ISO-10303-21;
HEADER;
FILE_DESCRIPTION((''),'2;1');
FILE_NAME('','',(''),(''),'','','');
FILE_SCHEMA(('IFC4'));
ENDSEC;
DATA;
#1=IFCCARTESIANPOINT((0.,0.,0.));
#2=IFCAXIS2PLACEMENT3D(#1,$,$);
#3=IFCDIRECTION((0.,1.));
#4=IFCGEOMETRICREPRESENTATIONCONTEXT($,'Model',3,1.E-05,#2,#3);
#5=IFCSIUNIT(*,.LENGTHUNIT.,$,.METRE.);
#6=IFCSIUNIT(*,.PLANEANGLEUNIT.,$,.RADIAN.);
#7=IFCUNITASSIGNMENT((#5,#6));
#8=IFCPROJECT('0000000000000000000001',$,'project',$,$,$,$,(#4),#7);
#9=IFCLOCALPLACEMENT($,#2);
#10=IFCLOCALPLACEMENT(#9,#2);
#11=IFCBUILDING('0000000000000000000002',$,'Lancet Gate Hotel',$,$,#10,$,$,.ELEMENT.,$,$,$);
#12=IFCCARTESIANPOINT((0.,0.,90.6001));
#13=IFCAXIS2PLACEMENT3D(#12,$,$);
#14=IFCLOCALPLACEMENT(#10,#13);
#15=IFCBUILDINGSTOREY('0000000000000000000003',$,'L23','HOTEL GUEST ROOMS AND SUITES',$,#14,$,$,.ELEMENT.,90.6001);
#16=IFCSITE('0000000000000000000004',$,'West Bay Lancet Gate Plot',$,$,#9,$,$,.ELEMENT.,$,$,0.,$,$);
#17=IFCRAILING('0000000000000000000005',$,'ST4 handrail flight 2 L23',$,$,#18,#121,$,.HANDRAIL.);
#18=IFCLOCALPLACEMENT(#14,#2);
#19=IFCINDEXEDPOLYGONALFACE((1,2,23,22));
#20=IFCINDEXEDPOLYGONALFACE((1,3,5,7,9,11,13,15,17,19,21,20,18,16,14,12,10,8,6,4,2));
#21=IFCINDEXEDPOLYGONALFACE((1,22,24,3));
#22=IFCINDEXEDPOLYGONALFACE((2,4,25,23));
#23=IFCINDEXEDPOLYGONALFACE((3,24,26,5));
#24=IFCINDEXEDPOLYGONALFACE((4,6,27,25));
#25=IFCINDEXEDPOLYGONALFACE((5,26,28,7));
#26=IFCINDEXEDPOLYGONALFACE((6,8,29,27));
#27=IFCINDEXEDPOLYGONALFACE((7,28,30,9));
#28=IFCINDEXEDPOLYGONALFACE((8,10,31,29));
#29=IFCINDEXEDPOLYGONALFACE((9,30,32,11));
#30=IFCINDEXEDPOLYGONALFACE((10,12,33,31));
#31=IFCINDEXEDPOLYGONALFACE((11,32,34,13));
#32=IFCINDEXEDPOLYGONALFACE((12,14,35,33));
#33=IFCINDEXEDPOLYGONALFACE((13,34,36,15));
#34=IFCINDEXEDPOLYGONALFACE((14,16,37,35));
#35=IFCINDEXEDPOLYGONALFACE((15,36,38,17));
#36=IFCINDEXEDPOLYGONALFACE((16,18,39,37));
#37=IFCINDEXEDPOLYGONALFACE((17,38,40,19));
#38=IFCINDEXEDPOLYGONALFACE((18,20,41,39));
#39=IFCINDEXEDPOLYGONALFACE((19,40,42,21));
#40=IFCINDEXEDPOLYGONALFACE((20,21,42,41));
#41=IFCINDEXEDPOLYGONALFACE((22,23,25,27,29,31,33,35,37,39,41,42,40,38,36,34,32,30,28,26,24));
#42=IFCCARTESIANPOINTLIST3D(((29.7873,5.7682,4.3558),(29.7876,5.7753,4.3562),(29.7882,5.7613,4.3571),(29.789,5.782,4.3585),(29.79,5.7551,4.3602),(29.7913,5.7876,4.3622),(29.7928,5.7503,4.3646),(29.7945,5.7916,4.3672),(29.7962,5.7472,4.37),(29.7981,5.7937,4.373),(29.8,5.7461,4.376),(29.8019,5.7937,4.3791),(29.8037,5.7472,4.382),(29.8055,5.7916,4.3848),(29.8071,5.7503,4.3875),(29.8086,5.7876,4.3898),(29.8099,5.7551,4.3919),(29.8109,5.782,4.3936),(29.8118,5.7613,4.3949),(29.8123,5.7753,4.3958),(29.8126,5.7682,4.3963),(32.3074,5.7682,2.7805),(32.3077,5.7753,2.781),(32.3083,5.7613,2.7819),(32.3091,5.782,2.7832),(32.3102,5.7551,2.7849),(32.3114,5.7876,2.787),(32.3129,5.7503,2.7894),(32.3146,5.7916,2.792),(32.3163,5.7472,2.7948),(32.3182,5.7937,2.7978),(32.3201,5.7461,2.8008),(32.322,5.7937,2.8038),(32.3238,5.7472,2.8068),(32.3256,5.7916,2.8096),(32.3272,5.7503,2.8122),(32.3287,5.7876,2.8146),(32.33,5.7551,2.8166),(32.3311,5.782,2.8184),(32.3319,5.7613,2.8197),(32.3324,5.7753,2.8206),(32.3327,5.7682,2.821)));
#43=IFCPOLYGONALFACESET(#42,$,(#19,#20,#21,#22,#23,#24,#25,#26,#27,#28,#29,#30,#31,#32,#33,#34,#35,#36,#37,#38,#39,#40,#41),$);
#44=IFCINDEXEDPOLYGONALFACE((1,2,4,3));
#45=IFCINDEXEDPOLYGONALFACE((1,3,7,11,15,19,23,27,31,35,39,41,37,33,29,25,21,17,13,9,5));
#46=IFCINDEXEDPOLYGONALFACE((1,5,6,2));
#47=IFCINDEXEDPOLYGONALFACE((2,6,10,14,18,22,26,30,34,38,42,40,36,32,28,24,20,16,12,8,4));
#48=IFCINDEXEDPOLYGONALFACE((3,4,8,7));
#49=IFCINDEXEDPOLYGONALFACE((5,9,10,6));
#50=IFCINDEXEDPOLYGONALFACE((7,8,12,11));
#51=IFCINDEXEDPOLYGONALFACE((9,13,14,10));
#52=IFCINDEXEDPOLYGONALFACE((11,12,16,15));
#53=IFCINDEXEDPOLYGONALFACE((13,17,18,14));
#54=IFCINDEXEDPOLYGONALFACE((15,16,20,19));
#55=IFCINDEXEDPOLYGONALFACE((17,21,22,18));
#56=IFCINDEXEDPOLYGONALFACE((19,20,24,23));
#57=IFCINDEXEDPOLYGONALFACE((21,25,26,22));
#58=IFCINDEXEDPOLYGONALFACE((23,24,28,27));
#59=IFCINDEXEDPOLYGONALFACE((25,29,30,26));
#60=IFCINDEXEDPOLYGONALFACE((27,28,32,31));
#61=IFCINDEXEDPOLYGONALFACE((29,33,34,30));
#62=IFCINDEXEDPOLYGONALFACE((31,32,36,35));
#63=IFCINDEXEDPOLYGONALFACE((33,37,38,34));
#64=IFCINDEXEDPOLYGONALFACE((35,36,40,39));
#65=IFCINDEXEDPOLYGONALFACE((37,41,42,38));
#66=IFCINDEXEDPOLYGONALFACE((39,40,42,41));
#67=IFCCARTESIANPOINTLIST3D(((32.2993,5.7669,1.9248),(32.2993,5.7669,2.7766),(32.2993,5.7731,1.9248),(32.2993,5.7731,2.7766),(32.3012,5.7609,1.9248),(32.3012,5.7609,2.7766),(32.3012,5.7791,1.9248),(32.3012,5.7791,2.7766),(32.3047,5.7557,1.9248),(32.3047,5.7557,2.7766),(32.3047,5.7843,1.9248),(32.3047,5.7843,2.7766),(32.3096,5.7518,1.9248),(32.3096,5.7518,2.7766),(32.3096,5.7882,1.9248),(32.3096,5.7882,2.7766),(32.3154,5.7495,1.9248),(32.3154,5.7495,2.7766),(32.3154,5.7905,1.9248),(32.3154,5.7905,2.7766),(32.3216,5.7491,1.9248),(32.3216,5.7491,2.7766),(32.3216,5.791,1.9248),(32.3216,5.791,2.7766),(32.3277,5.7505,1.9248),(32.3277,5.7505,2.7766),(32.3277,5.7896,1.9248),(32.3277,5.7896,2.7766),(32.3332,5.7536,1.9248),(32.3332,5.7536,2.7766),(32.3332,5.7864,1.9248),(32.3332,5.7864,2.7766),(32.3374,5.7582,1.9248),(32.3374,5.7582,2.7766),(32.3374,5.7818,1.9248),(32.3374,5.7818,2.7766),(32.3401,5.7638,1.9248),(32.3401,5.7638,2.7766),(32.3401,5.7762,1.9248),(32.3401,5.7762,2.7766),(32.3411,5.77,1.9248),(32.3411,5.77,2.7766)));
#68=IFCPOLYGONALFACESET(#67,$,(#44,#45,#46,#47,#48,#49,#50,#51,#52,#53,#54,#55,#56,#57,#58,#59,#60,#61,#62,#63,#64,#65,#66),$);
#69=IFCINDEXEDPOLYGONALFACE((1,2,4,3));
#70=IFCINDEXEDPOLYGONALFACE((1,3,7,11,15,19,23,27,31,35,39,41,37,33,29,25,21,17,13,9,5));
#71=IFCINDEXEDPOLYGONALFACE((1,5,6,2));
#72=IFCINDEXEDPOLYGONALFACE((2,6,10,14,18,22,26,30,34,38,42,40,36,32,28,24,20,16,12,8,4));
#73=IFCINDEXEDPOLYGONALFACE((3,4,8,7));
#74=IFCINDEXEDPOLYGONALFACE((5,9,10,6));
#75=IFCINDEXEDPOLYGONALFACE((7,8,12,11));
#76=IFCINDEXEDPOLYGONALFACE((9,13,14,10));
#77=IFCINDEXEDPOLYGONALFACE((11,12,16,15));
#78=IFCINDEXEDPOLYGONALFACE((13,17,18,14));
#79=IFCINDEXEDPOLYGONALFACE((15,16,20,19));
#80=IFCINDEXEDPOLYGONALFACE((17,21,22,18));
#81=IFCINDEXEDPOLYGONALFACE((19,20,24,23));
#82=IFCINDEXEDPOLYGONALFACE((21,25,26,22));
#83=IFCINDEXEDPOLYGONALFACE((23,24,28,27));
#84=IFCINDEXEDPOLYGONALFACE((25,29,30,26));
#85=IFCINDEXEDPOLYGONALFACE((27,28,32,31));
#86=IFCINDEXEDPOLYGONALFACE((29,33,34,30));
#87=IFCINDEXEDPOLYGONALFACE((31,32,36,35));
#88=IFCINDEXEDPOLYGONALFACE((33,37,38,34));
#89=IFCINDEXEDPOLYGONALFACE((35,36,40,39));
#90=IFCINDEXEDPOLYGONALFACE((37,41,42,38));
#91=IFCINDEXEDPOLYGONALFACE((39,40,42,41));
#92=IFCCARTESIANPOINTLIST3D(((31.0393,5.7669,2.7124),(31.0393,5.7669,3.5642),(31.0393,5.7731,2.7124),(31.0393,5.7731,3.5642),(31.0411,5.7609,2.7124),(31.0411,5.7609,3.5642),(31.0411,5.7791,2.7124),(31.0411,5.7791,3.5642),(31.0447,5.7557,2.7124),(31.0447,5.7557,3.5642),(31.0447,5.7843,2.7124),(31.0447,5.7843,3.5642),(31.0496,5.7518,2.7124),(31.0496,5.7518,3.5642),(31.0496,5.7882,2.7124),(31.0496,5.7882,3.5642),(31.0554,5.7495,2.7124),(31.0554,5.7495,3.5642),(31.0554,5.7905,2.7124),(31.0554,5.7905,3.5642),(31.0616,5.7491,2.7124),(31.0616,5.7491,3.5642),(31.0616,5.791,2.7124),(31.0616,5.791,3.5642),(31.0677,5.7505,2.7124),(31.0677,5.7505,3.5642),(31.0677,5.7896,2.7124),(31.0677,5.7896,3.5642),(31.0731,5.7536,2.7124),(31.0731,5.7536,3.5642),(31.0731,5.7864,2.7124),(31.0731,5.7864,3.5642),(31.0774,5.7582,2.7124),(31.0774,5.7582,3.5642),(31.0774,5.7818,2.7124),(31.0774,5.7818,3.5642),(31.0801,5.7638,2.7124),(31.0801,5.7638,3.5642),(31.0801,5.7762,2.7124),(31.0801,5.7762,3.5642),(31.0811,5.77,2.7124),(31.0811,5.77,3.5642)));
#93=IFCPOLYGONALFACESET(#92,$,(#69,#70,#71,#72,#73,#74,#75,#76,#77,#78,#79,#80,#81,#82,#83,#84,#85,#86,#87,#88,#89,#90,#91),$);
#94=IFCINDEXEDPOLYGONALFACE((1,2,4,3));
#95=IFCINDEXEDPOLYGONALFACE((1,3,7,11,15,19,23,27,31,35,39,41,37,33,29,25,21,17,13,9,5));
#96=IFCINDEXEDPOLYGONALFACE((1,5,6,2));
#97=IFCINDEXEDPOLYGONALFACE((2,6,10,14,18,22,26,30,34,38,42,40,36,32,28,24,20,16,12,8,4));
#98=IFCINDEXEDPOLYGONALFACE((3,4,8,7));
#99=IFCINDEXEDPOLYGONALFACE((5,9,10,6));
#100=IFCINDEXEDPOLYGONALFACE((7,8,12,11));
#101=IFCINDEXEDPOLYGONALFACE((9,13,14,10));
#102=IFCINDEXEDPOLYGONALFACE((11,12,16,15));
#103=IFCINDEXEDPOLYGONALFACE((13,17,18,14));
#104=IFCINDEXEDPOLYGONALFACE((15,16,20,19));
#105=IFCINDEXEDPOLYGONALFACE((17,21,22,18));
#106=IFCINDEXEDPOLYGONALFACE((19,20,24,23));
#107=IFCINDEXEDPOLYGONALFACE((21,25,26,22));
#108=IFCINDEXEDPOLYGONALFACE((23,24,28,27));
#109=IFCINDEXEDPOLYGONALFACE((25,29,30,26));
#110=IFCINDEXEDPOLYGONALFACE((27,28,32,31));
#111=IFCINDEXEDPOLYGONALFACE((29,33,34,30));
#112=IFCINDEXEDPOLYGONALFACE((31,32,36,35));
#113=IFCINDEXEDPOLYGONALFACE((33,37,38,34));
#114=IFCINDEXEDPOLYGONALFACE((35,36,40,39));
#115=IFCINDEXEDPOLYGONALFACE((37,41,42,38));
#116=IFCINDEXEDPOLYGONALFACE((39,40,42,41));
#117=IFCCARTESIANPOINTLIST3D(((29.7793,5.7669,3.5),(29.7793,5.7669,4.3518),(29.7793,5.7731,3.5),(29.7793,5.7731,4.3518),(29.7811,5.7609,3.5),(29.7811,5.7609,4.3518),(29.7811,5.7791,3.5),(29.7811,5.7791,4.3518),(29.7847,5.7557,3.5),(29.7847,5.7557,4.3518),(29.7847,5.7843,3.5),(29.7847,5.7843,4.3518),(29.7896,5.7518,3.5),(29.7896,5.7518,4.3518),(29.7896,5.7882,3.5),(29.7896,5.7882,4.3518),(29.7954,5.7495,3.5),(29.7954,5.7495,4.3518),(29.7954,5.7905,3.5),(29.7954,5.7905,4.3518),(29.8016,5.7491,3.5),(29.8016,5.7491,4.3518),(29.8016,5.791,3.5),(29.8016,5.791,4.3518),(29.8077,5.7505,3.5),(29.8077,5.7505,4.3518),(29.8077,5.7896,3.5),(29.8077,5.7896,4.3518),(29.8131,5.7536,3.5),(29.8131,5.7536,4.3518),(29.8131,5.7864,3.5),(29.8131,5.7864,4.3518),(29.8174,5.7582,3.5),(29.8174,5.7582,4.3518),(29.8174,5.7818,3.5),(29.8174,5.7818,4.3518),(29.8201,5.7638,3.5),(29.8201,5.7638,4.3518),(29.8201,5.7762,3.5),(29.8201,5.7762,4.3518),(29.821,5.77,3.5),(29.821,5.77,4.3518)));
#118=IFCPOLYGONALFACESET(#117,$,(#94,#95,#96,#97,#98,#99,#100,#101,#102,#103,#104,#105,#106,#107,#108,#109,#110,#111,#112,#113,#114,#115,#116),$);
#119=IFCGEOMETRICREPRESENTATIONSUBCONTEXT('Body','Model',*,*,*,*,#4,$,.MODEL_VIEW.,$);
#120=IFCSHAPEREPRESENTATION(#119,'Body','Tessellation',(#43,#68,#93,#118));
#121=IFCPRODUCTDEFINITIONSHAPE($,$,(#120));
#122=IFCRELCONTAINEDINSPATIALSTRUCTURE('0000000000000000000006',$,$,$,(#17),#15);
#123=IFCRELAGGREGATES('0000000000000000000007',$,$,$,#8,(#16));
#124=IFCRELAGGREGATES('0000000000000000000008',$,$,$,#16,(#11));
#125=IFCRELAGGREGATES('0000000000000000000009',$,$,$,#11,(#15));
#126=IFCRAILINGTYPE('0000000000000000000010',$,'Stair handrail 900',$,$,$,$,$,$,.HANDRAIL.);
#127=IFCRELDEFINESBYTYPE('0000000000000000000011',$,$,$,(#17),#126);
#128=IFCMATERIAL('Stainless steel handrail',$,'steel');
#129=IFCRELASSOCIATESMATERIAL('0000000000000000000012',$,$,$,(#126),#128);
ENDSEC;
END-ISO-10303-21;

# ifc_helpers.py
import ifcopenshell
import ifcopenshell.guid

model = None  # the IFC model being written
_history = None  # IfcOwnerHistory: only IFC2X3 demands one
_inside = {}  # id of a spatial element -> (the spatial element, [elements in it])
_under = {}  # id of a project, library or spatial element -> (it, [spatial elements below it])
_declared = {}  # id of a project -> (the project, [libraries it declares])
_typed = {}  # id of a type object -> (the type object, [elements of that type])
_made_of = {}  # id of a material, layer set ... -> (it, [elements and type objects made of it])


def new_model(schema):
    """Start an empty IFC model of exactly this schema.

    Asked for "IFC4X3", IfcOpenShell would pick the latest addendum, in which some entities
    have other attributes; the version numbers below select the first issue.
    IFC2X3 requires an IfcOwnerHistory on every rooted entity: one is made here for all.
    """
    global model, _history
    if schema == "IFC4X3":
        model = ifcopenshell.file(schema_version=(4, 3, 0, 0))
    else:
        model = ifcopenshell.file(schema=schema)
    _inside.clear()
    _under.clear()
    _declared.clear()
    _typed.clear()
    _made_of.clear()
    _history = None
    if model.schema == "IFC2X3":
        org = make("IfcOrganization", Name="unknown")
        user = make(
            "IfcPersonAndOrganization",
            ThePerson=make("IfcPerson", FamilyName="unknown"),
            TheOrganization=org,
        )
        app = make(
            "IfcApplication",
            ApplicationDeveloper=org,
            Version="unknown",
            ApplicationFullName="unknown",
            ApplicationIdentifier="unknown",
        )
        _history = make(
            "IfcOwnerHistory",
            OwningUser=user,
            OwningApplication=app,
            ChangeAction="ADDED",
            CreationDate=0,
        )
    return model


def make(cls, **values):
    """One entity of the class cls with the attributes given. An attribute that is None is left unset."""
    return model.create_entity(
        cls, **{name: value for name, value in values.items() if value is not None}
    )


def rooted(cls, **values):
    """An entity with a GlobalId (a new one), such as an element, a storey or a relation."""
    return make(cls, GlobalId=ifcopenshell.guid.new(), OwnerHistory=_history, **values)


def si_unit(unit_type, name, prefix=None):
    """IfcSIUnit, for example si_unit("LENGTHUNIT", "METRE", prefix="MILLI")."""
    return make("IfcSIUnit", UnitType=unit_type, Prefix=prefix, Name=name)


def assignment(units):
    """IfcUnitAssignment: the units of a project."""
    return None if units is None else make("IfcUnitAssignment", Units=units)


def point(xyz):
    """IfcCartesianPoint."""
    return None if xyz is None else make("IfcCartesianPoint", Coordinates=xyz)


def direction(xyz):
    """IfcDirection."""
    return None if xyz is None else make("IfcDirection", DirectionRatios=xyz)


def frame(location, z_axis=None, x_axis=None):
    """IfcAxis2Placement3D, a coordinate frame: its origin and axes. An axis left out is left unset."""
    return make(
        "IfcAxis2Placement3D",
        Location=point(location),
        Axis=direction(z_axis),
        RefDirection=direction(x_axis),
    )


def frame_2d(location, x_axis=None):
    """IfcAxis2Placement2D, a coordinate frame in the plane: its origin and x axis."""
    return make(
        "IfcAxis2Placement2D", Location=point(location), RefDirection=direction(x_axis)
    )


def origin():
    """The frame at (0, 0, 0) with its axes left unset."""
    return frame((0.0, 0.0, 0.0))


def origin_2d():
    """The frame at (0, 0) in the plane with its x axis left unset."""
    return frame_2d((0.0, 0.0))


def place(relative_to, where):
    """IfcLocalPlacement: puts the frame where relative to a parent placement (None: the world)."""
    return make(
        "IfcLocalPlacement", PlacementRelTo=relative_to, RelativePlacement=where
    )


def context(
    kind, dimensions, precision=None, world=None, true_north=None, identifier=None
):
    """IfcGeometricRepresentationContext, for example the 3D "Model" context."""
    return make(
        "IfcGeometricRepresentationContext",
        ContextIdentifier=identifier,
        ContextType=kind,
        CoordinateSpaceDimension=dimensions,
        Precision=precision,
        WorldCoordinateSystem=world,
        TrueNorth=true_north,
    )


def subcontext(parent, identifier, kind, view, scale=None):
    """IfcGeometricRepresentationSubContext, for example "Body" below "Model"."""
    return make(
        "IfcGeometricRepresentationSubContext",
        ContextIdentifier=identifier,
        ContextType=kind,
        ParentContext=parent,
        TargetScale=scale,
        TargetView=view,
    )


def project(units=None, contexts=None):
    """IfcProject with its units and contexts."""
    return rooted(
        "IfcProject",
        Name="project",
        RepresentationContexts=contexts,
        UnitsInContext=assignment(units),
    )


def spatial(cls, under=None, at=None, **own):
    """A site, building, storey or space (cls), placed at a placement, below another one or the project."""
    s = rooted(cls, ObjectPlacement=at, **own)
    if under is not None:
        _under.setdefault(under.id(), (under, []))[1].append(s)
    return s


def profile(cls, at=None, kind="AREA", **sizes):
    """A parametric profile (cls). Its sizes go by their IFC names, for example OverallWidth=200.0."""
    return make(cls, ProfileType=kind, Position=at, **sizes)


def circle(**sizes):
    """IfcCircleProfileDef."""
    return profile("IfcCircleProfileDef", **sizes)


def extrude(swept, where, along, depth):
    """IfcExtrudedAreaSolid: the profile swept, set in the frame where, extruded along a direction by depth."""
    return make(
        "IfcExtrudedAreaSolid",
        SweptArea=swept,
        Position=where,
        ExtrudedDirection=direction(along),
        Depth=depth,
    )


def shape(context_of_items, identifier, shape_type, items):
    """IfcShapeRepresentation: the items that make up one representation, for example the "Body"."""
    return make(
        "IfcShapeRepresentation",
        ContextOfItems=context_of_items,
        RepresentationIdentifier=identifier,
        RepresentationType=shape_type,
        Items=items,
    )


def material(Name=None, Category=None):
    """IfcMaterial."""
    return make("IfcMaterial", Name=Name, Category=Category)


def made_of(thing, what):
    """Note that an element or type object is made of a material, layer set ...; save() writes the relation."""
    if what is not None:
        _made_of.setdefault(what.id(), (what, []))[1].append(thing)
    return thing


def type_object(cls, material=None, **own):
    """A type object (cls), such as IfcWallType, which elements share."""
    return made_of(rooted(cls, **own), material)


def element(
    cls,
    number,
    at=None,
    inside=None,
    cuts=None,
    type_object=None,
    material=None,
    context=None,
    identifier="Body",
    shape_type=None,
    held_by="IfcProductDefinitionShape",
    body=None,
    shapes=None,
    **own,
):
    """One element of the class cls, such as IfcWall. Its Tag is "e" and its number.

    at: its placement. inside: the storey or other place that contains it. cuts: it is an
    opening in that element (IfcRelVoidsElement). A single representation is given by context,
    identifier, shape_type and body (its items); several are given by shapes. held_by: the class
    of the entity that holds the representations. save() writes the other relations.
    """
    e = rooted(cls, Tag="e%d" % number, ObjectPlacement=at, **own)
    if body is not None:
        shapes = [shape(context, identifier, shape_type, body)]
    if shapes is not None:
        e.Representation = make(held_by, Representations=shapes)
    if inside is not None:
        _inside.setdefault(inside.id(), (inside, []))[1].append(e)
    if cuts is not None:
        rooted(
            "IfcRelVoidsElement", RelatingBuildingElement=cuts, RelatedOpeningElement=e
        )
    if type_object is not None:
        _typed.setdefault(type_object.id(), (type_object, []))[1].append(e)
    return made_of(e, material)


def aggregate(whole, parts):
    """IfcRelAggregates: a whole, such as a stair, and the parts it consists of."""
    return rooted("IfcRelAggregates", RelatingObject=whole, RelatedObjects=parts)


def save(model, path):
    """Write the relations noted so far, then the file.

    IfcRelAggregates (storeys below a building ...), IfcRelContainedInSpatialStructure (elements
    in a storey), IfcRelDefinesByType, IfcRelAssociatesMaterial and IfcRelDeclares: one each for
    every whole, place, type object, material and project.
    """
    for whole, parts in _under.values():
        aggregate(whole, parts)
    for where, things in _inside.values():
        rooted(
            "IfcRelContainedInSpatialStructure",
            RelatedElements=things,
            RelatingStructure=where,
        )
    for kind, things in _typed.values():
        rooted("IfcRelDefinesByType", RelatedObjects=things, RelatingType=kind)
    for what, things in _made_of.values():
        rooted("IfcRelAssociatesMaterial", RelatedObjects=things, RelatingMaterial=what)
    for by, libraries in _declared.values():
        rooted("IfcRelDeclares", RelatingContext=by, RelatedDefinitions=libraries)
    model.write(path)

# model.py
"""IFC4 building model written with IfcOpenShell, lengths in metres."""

from ifc_helpers import new_model, si_unit, direction, frame, origin, origin_2d, place, context, subcontext, project, spatial, circle, extrude, material, type_object, element, save


model = new_model("IFC4")

# Units and contexts
model_context = context("Model", 3, precision=1e-05, world=origin(), true_north=direction((0.0, 1.0)))
body_context = subcontext(model_context, "Body", "Model", "MODEL_VIEW")
ifc_project = project(units=[si_unit("LENGTHUNIT", "METRE"), si_unit("PLANEANGLEUNIT", "RADIAN")], contexts=[model_context])

# Site, building, storey
site_placement = place(None, origin())
site = spatial("IfcSite", under=ifc_project, at=site_placement, Name="West Bay Lancet Gate Plot", CompositionType="ELEMENT", RefElevation=0.0)
building_placement = place(site_placement, origin())
building = spatial("IfcBuilding", under=site, at=building_placement, Name="Lancet Gate Hotel", CompositionType="ELEMENT")
storey_placement = place(building_placement, frame((0.0, 0.0, 90.6001)))
storey = spatial("IfcBuildingStorey", under=building, at=storey_placement, Name="L23", Description="HOTEL GUEST ROOMS AND SUITES", CompositionType="ELEMENT", Elevation=90.6001)

# Railing
ifc_material_1 = material(Name="Stainless steel handrail", Category="steel")
railing_type = type_object("IfcRailingType", Name="Stair handrail 900", PredefinedType="HANDRAIL", material=ifc_material_1)
railing_1_placement = place(storey_placement, frame((32.3201, 5.77, 1.9248)))
element("IfcRailing", 1, at=railing_1_placement, inside=storey, type_object=railing_type, Name="ST4 handrail flight 2 L23", PredefinedType="HANDRAIL", context=body_context, shape_type="SweptSolid", body=[
    extrude(circle(Radius=0.0239, at=origin_2d()), frame((0.0, 0.0, 0.876), z_axis=(-0.847971, 0.0, 0.530043), x_axis=(0.0, -1.0, 0.0)), (0.0, 0.0, 1.0), 2.9719),
    extrude(circle(Radius=0.021, at=origin_2d()), origin(), (0.0, 0.0, 1.0), 0.8518),
    extrude(circle(Radius=0.021, at=origin_2d()), frame((-1.26, 0.0, 0.7876)), (0.0, 0.0, 1.0), 0.8518),
    extrude(circle(Radius=0.021, at=origin_2d()), frame((-2.52, 0.0, 1.5752)), (0.0, 0.0, 1.0), 0.8518),
])

save(model, "model.ifc")
